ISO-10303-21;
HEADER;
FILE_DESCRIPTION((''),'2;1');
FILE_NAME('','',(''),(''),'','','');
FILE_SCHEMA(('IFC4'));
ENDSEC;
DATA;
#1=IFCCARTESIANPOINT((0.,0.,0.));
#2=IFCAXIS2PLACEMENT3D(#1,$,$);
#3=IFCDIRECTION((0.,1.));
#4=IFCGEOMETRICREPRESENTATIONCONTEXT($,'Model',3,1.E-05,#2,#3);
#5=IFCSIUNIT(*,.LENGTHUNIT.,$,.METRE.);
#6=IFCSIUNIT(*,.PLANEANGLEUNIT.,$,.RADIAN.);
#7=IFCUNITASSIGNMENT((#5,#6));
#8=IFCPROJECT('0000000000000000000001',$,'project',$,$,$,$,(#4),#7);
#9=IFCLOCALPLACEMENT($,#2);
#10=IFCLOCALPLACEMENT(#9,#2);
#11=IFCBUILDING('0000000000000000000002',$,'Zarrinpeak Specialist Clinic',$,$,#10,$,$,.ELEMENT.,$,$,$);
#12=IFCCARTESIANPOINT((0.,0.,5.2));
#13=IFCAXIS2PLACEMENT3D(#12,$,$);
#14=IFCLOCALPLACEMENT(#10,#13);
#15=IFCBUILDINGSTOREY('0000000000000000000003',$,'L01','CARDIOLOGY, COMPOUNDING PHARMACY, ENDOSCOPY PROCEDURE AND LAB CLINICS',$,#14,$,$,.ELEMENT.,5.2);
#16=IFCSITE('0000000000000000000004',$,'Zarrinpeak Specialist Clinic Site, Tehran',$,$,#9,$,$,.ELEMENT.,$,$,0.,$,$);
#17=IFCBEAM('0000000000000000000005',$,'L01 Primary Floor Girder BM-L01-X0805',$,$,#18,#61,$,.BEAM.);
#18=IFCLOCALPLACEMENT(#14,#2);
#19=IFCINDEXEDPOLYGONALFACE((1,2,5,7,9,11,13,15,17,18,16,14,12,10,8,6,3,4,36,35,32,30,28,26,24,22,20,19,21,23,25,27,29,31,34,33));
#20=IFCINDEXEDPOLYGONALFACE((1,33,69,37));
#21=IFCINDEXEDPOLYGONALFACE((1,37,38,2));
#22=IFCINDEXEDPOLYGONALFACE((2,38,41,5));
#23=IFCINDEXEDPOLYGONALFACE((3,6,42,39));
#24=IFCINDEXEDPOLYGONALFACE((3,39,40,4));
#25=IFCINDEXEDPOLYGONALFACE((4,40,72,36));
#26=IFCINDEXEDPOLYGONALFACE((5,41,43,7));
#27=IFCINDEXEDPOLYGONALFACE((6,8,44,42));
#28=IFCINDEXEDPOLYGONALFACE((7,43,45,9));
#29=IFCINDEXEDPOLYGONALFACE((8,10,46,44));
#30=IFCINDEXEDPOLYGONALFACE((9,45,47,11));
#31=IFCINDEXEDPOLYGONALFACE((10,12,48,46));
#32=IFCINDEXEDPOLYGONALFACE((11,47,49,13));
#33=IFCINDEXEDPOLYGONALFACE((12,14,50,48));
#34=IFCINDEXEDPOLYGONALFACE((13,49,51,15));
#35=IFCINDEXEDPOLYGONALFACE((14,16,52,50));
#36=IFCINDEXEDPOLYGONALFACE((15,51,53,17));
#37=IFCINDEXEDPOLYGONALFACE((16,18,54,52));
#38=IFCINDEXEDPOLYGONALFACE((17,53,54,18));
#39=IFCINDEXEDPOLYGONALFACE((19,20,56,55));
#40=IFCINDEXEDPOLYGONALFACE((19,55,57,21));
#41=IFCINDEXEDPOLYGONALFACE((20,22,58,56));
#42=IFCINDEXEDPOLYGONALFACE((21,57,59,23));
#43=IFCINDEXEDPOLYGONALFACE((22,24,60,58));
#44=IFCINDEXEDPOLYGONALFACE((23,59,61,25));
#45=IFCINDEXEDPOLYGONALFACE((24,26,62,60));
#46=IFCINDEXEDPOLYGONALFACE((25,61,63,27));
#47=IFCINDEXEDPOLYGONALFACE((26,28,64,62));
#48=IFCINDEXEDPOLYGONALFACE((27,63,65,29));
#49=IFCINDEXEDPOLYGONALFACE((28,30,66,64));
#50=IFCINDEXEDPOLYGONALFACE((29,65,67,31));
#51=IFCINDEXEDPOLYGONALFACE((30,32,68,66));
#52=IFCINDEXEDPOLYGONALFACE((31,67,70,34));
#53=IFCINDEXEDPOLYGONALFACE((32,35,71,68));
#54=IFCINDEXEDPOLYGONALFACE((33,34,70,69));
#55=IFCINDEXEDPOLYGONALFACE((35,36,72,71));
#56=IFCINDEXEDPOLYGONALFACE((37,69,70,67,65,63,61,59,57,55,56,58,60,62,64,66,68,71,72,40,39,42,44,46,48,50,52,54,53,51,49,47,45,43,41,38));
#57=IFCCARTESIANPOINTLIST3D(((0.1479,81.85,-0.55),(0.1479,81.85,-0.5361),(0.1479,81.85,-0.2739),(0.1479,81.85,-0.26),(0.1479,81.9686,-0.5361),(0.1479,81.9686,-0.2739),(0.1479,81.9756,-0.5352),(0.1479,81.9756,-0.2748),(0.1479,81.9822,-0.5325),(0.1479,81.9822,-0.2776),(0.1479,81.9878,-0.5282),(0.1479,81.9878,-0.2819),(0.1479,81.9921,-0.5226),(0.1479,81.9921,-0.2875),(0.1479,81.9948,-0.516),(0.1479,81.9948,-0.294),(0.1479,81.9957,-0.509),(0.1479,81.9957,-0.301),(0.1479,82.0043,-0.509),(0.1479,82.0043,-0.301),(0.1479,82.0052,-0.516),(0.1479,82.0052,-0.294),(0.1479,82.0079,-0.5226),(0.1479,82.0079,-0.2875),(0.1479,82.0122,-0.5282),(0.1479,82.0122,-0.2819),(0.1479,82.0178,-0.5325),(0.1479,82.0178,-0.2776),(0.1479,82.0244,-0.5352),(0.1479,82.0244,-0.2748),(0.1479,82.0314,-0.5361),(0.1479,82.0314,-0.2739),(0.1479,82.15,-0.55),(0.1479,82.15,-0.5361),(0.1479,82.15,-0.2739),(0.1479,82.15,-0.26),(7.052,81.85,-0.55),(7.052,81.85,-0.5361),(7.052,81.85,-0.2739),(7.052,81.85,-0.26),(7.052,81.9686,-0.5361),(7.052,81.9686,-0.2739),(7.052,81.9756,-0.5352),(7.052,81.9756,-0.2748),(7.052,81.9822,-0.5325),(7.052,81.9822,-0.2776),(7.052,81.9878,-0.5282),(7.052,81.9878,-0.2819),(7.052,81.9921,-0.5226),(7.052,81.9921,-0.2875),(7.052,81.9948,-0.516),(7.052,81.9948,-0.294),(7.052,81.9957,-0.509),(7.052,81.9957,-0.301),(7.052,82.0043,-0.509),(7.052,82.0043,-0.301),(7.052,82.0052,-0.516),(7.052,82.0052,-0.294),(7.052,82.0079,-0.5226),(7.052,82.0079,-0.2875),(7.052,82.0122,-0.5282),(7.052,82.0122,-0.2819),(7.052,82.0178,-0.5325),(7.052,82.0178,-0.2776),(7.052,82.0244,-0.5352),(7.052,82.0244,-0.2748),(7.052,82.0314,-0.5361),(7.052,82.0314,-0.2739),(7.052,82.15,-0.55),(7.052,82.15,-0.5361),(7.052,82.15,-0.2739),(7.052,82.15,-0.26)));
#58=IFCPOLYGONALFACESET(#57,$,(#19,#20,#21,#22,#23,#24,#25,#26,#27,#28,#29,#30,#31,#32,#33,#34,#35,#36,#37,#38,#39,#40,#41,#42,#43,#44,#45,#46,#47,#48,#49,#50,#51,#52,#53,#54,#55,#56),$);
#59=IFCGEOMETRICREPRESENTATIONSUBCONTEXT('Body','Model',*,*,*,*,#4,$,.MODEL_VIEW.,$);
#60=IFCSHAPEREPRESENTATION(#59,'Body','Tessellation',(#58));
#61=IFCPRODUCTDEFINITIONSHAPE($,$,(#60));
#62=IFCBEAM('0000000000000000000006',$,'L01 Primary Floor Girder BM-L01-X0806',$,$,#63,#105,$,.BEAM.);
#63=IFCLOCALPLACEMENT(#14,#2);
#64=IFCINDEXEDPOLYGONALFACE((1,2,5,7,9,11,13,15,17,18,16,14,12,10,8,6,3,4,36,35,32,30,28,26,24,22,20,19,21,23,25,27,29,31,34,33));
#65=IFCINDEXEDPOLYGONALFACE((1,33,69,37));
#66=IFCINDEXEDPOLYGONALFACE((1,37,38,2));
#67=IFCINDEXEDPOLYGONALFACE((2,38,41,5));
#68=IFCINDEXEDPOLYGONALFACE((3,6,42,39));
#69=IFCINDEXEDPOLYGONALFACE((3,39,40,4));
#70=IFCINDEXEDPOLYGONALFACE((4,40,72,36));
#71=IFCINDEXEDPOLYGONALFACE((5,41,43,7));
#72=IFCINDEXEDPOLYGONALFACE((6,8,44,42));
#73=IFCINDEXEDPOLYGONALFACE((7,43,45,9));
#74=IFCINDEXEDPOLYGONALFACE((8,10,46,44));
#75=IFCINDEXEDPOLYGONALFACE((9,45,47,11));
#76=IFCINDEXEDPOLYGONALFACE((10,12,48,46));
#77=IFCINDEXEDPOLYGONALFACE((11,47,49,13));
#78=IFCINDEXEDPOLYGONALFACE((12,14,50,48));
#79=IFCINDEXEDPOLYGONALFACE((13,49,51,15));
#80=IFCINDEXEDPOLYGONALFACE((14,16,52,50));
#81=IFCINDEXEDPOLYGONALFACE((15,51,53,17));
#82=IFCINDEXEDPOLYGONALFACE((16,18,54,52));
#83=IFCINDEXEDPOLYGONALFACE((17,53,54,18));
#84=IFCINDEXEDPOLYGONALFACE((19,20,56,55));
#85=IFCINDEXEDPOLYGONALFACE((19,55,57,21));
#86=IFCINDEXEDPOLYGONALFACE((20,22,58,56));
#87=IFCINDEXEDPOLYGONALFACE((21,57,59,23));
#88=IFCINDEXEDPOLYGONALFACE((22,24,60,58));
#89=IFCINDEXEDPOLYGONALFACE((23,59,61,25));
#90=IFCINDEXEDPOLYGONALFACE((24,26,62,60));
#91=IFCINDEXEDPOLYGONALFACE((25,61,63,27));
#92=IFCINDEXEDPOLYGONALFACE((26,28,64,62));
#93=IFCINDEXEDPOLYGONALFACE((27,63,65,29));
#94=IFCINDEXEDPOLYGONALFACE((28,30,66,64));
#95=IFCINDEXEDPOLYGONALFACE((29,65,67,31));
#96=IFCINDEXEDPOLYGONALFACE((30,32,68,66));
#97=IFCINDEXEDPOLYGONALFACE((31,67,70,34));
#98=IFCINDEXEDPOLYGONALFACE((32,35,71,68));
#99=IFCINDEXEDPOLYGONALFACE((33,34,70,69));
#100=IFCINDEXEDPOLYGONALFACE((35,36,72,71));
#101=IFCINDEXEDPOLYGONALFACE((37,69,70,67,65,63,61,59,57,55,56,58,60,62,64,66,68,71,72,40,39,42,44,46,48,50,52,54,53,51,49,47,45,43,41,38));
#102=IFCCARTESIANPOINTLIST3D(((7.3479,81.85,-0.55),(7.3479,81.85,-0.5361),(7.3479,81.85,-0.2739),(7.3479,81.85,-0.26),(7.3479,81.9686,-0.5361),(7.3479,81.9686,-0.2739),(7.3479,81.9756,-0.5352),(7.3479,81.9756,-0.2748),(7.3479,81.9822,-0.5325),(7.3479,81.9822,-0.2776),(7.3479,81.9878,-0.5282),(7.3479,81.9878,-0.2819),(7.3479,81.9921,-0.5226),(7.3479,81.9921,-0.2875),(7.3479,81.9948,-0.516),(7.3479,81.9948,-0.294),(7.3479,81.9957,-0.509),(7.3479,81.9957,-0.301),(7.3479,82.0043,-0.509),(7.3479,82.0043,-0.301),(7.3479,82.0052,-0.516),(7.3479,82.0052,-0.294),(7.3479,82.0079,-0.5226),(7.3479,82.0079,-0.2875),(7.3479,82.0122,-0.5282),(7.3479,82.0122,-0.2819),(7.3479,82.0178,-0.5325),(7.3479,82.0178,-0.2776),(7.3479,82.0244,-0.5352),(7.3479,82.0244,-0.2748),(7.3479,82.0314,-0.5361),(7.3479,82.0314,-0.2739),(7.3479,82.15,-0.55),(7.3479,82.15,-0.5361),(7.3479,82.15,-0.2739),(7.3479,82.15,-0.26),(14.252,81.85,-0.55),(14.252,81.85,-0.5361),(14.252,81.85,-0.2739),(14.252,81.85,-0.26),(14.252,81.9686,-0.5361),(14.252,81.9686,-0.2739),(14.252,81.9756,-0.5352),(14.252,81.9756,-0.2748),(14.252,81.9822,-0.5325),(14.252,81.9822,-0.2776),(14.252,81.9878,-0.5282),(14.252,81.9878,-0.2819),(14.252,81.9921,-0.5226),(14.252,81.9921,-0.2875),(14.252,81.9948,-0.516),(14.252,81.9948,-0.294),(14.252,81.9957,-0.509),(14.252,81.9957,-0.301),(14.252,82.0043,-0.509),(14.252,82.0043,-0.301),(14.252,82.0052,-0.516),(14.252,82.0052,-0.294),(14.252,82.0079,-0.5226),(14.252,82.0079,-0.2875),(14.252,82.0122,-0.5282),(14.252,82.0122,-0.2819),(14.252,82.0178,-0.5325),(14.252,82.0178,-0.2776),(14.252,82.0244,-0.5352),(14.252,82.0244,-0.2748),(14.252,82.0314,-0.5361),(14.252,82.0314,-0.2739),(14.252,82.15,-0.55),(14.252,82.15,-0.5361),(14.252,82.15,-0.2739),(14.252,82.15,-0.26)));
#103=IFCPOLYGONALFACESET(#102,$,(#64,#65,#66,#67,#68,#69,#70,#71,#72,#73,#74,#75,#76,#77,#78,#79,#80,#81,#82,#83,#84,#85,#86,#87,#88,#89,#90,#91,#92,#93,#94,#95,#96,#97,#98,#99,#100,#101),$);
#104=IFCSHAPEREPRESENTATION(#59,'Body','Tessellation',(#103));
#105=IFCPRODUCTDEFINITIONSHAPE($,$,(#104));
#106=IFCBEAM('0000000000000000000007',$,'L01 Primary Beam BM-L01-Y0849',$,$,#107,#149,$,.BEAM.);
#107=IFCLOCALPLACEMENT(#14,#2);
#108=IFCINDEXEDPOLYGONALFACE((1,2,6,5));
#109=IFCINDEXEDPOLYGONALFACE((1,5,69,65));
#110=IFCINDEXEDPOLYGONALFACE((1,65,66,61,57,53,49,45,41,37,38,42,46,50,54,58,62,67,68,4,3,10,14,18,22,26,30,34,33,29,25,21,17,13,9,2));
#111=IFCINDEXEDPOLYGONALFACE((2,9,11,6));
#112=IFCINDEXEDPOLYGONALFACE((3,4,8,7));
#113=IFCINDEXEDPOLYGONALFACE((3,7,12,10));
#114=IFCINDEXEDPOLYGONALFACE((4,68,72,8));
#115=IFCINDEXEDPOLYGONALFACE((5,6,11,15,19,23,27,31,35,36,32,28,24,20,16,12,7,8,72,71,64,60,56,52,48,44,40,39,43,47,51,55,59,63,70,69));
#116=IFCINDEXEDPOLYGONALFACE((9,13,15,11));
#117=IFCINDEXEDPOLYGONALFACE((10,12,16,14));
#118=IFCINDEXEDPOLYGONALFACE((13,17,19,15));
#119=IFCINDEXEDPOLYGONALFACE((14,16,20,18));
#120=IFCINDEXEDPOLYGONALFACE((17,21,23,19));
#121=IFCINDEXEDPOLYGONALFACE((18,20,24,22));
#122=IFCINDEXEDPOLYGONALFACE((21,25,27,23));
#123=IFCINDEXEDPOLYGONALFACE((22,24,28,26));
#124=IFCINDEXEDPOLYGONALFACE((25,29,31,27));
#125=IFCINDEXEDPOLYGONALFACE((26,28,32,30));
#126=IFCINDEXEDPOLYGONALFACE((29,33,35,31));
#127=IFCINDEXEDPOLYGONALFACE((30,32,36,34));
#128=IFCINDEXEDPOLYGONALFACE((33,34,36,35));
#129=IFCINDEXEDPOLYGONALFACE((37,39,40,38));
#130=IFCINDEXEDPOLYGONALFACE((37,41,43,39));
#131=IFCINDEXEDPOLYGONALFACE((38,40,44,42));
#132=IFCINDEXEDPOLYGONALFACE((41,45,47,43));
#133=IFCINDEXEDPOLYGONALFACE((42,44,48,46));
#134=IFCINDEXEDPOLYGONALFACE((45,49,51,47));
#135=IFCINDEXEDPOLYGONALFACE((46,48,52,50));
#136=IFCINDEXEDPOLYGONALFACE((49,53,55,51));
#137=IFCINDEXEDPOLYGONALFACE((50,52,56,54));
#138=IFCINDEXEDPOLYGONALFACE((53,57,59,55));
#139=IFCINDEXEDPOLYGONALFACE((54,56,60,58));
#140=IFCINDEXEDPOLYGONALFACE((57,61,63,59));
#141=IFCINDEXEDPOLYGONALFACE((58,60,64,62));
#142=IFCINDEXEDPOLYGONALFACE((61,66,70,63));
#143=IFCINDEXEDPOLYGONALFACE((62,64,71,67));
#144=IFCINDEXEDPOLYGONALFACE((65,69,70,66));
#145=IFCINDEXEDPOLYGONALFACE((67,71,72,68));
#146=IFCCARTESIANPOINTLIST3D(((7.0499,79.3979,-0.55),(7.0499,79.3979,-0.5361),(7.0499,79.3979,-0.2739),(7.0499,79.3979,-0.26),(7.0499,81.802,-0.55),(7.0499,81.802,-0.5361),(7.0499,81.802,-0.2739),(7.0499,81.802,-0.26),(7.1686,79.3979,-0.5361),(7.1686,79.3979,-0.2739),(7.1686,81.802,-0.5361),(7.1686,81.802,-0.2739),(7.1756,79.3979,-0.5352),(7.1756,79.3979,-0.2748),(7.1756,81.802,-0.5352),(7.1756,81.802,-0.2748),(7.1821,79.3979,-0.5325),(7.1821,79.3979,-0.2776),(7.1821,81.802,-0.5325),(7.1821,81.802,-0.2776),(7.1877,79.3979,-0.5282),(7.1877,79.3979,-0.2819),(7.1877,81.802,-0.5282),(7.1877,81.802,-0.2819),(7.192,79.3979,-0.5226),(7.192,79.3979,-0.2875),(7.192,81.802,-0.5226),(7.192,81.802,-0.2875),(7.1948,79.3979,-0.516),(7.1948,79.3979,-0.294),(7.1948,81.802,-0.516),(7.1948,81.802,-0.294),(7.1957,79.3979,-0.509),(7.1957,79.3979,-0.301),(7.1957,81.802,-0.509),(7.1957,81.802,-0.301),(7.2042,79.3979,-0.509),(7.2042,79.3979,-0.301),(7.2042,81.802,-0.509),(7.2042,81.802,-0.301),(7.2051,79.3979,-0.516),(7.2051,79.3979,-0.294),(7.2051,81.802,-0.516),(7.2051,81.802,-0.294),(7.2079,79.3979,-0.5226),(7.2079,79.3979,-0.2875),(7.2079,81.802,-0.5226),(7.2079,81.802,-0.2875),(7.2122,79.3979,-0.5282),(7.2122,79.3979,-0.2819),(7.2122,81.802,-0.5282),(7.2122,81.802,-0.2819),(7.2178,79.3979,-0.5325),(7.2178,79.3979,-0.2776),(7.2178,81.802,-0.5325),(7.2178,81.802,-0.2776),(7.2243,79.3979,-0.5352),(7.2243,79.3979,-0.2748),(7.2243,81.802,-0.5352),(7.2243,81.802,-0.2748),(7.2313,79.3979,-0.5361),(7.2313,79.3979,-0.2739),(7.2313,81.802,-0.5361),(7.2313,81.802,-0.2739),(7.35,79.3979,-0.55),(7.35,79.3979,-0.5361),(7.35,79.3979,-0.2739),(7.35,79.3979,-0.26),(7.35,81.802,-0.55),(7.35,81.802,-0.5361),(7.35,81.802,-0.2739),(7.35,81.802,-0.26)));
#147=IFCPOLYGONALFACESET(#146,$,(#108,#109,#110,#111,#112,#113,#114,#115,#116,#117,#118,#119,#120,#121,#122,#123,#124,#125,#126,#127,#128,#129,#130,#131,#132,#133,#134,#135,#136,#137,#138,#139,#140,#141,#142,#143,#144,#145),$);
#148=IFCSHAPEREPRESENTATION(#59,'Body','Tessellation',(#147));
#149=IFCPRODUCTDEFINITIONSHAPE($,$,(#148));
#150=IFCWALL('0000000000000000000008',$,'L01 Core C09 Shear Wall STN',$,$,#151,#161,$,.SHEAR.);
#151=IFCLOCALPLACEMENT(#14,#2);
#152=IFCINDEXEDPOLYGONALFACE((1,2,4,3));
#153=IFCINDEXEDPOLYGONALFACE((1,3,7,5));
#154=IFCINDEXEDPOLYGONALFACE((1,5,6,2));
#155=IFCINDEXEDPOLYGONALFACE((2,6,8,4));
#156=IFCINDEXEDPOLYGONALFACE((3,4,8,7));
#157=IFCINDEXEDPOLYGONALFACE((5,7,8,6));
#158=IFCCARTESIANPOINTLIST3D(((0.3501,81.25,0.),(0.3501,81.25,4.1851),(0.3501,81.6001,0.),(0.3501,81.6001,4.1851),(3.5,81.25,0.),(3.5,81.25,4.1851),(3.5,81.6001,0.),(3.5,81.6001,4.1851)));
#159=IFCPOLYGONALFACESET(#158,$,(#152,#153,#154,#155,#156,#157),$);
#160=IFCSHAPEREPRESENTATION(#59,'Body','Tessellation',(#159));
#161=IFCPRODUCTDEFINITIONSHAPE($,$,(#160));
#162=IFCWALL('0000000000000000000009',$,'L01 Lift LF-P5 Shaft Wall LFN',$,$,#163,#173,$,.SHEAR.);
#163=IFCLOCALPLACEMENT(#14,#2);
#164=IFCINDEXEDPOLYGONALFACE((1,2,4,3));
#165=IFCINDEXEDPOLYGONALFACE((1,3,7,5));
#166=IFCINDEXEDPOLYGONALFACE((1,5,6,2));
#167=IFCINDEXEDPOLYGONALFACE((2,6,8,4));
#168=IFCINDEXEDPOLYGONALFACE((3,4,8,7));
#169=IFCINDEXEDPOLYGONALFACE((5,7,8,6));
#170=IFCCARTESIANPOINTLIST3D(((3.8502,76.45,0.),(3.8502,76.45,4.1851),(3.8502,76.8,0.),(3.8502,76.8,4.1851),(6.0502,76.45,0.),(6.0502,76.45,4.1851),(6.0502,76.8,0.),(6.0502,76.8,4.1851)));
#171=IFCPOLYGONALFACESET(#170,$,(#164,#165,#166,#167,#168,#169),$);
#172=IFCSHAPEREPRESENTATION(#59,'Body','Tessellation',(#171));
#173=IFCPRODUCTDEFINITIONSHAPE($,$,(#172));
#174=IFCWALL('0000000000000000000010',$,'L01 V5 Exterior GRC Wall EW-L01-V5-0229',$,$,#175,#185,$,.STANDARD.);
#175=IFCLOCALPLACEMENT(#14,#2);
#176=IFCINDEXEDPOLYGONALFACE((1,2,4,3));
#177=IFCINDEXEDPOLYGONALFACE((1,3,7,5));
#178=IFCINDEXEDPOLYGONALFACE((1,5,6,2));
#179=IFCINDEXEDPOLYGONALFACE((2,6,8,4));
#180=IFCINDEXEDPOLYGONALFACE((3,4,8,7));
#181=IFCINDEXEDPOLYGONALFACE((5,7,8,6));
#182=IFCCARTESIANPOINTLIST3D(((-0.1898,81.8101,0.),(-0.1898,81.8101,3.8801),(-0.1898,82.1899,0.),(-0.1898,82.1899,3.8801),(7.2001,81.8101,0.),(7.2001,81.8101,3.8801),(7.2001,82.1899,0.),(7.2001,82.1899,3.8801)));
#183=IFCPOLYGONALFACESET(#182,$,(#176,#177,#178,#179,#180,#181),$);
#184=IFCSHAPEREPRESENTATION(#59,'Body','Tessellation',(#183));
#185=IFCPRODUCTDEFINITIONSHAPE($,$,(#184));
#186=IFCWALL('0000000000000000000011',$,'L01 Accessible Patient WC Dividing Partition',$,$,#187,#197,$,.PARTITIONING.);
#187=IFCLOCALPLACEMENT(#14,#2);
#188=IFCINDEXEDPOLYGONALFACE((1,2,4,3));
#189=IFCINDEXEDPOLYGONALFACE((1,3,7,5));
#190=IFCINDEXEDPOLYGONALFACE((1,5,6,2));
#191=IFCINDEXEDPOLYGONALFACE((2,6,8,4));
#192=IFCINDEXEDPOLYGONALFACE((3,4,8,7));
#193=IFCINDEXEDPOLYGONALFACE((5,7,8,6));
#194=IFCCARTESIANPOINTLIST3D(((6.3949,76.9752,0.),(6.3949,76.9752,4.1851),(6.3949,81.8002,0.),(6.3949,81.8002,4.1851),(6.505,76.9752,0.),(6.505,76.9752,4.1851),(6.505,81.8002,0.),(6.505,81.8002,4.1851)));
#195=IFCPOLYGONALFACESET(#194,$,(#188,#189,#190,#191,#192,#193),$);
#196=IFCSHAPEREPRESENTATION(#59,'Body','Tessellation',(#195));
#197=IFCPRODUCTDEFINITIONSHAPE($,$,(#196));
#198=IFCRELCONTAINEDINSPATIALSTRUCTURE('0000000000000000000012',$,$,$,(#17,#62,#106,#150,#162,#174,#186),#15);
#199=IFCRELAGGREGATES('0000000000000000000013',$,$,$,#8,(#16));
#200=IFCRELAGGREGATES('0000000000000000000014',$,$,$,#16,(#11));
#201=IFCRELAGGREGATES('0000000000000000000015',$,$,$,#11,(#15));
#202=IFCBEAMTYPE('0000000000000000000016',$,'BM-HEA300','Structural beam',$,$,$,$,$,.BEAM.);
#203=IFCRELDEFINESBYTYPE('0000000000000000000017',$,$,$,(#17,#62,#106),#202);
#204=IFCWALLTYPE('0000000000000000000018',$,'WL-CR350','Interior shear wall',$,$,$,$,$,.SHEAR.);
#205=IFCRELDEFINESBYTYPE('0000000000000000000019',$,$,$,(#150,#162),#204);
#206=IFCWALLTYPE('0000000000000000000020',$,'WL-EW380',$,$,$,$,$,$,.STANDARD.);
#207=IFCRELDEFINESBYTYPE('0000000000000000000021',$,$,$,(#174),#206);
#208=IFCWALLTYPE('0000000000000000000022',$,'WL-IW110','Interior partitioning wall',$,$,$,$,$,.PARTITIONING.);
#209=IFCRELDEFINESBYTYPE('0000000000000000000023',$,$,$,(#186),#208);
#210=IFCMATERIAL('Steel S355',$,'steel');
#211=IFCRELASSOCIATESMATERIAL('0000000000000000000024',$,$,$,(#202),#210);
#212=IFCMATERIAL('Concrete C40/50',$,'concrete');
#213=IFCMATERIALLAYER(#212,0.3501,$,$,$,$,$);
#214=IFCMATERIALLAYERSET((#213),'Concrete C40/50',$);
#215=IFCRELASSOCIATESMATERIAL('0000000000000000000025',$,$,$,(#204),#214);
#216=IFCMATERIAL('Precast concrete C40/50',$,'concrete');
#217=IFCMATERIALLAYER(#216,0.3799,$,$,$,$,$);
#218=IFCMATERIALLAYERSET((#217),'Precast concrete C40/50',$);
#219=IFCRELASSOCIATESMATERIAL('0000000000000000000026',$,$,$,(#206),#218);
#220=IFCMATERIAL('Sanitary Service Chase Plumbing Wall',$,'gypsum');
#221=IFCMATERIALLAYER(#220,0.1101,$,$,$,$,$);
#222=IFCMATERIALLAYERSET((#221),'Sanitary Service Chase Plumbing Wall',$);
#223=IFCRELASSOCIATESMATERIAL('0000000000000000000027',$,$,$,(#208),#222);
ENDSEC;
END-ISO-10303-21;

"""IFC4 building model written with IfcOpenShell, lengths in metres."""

from ifc_helpers import new_model, si_unit, direction, frame, frame_2d, origin, origin_2d, place, context, subcontext, project, spatial, rectangle, i_section, extrude, material, layer, layer_set, material_profile, profile_set, type_object, element, save


model = new_model("IFC4")

# Units and contexts
model_context = context("Model", 3, precision=1e-05, world=origin(), true_north=direction((0.0, 1.0)))
body_context = subcontext(model_context, "Body", "Model", "MODEL_VIEW")
ifc_project = project(units=[si_unit("LENGTHUNIT", "METRE"), si_unit("PLANEANGLEUNIT", "RADIAN")], contexts=[model_context])

# Site, building, storey
site_placement = place(None, origin())
site = spatial("IfcSite", under=ifc_project, at=site_placement, Name="Zarrinpeak Specialist Clinic Site, Tehran", CompositionType="ELEMENT", RefElevation=0.0)
building_placement = place(site_placement, origin())
building = spatial("IfcBuilding", under=site, at=building_placement, Name="Zarrinpeak Specialist Clinic", CompositionType="ELEMENT")
storey_placement = place(building_placement, frame((0.0, 0.0, 5.2)))
storey = spatial("IfcBuildingStorey", under=building, at=storey_placement, Name="L01", Description="CARDIOLOGY, COMPOUNDING PHARMACY, ENDOSCOPY PROCEDURE AND LAB CLINICS", CompositionType="ELEMENT", Elevation=5.2)

# Shared definitions
ifc_material_1 = material(Name="Steel S355", Category="steel")

# Beams
ifc_material_profile_1 = material_profile(ifc_material_1, i_section(OverallWidth=0.3, OverallDepth=0.29, WebThickness=0.0085, FlangeThickness=0.0139, FilletRadius=0.0271, at=origin_2d()), Name="HEA 300")
ifc_profile_set_1 = profile_set([ifc_material_profile_1], Name="Steel S355")
beam_type = type_object("IfcBeamType", Name="BM-HEA300", Description="Structural beam", PredefinedType="BEAM", material=ifc_profile_set_1)
for number, where, z_axis, x_axis, name in (
    (1, (0.1479, 82.0, -0.405), (1.0, 0.0, 0.0), (0.0, 1.0, 0.0), "L01 Primary Floor Girder BM-L01-X0805"),
    (2, (7.3479, 82.0, -0.405), (1.0, 0.0, 0.0), (0.0, 1.0, 0.0), "L01 Primary Floor Girder BM-L01-X0806"),
):
    element("IfcBeam", number, at=place(storey_placement, frame(where, z_axis=z_axis, x_axis=x_axis)), inside=storey, type_object=beam_type, Name=name, PredefinedType="BEAM", context=body_context, shape_type="SweptSolid", body=[
        extrude(i_section(OverallWidth=0.3, OverallDepth=0.29, WebThickness=0.0085, FlangeThickness=0.0139, FilletRadius=0.0271, at=origin_2d()), origin(), (0.0, 0.0, 1.0), 6.9041),
    ])
beam_placement = place(storey_placement, frame((7.2, 79.3979, -0.405), z_axis=(0.0, 1.0, 0.0), x_axis=(-1.0, 0.0, 0.0)))
element("IfcBeam", 3, at=beam_placement, inside=storey, type_object=beam_type, Name="L01 Primary Beam BM-L01-Y0849", PredefinedType="BEAM", context=body_context, shape_type="SweptSolid", body=[
    extrude(i_section(OverallWidth=0.3, OverallDepth=0.29, WebThickness=0.0085, FlangeThickness=0.0139, FilletRadius=0.0271, at=origin_2d()), origin(), (0.0, 0.0, 1.0), 2.4041),
])

# Walls
ifc_material_2 = material(Name="Concrete C40/50", Category="concrete")
ifc_layer_1 = layer(ifc_material_2, 0.3501)
ifc_layer_set_1 = layer_set([ifc_layer_1], Name="Concrete C40/50")
wall_type_1 = type_object("IfcWallType", Name="WL-CR350", Description="Interior shear wall", PredefinedType="SHEAR", material=ifc_layer_set_1)
wall_1_placement = place(storey_placement, frame((0.3501, 81.425, 0.0), z_axis=(0.0, 0.0, 1.0), x_axis=(1.0, 0.0, 0.0)))
element("IfcWall", 4, at=wall_1_placement, inside=storey, type_object=wall_type_1, Name="L01 Core C09 Shear Wall STN", PredefinedType="SHEAR", context=body_context, shape_type="SweptSolid", body=[
    extrude(rectangle(XDim=3.1499, YDim=0.3501, at=frame_2d((1.575, 0.0))), origin(), (0.0, 0.0, 1.0), 4.1851),
])
wall_2_placement = place(storey_placement, frame((3.8501, 76.625, 0.0), z_axis=(0.0, 0.0, 1.0), x_axis=(1.0, 0.0, 0.0)))
element("IfcWall", 5, at=wall_2_placement, inside=storey, type_object=wall_type_1, Name="L01 Lift LF-P5 Shaft Wall LFN", PredefinedType="SHEAR", context=body_context, shape_type="SweptSolid", body=[
    extrude(rectangle(XDim=2.2, YDim=0.3501, at=frame_2d((1.1001, 0.0))), origin(), (0.0, 0.0, 1.0), 4.1851),
])
ifc_material_3 = material(Name="Precast concrete C40/50", Category="concrete")
ifc_layer_2 = layer(ifc_material_3, 0.3799)
ifc_layer_set_2 = layer_set([ifc_layer_2], Name="Precast concrete C40/50")
wall_type_2 = type_object("IfcWallType", Name="WL-EW380", PredefinedType="STANDARD", material=ifc_layer_set_2)
wall_3_placement = place(storey_placement, frame((7.2, 82.0, 0.0), z_axis=(0.0, 0.0, 1.0), x_axis=(-1.0, 0.0, 0.0)))
element("IfcWall", 6, at=wall_3_placement, inside=storey, type_object=wall_type_2, Name="L01 V5 Exterior GRC Wall EW-L01-V5-0229", PredefinedType="STANDARD", context=body_context, shape_type="SweptSolid", body=[
    extrude(rectangle(XDim=7.3899, YDim=0.3799, at=frame_2d((3.6948, 0.0))), origin(), (0.0, 0.0, 1.0), 3.8801),
])
ifc_material_4 = material(Name="Sanitary Service Chase Plumbing Wall", Category="gypsum")
ifc_layer_3 = layer(ifc_material_4, 0.1101)
ifc_layer_set_3 = layer_set([ifc_layer_3], Name="Sanitary Service Chase Plumbing Wall")
wall_type_3 = type_object("IfcWallType", Name="WL-IW110", Description="Interior partitioning wall", PredefinedType="PARTITIONING", material=ifc_layer_set_3)
wall_4_placement = place(storey_placement, frame((6.45, 76.9751, 0.0), z_axis=(0.0, 0.0, 1.0), x_axis=(0.0, 1.0, 0.0)))
element("IfcWall", 7, at=wall_4_placement, inside=storey, type_object=wall_type_3, Name="L01 Accessible Patient WC Dividing Partition", PredefinedType="PARTITIONING", context=body_context, shape_type="SweptSolid", body=[
    extrude(rectangle(XDim=4.825, YDim=0.1101, at=frame_2d((2.4126, 0.0))), origin(), (0.0, 0.0, 1.0), 4.1851),
])

save(model, "model.ifc")
